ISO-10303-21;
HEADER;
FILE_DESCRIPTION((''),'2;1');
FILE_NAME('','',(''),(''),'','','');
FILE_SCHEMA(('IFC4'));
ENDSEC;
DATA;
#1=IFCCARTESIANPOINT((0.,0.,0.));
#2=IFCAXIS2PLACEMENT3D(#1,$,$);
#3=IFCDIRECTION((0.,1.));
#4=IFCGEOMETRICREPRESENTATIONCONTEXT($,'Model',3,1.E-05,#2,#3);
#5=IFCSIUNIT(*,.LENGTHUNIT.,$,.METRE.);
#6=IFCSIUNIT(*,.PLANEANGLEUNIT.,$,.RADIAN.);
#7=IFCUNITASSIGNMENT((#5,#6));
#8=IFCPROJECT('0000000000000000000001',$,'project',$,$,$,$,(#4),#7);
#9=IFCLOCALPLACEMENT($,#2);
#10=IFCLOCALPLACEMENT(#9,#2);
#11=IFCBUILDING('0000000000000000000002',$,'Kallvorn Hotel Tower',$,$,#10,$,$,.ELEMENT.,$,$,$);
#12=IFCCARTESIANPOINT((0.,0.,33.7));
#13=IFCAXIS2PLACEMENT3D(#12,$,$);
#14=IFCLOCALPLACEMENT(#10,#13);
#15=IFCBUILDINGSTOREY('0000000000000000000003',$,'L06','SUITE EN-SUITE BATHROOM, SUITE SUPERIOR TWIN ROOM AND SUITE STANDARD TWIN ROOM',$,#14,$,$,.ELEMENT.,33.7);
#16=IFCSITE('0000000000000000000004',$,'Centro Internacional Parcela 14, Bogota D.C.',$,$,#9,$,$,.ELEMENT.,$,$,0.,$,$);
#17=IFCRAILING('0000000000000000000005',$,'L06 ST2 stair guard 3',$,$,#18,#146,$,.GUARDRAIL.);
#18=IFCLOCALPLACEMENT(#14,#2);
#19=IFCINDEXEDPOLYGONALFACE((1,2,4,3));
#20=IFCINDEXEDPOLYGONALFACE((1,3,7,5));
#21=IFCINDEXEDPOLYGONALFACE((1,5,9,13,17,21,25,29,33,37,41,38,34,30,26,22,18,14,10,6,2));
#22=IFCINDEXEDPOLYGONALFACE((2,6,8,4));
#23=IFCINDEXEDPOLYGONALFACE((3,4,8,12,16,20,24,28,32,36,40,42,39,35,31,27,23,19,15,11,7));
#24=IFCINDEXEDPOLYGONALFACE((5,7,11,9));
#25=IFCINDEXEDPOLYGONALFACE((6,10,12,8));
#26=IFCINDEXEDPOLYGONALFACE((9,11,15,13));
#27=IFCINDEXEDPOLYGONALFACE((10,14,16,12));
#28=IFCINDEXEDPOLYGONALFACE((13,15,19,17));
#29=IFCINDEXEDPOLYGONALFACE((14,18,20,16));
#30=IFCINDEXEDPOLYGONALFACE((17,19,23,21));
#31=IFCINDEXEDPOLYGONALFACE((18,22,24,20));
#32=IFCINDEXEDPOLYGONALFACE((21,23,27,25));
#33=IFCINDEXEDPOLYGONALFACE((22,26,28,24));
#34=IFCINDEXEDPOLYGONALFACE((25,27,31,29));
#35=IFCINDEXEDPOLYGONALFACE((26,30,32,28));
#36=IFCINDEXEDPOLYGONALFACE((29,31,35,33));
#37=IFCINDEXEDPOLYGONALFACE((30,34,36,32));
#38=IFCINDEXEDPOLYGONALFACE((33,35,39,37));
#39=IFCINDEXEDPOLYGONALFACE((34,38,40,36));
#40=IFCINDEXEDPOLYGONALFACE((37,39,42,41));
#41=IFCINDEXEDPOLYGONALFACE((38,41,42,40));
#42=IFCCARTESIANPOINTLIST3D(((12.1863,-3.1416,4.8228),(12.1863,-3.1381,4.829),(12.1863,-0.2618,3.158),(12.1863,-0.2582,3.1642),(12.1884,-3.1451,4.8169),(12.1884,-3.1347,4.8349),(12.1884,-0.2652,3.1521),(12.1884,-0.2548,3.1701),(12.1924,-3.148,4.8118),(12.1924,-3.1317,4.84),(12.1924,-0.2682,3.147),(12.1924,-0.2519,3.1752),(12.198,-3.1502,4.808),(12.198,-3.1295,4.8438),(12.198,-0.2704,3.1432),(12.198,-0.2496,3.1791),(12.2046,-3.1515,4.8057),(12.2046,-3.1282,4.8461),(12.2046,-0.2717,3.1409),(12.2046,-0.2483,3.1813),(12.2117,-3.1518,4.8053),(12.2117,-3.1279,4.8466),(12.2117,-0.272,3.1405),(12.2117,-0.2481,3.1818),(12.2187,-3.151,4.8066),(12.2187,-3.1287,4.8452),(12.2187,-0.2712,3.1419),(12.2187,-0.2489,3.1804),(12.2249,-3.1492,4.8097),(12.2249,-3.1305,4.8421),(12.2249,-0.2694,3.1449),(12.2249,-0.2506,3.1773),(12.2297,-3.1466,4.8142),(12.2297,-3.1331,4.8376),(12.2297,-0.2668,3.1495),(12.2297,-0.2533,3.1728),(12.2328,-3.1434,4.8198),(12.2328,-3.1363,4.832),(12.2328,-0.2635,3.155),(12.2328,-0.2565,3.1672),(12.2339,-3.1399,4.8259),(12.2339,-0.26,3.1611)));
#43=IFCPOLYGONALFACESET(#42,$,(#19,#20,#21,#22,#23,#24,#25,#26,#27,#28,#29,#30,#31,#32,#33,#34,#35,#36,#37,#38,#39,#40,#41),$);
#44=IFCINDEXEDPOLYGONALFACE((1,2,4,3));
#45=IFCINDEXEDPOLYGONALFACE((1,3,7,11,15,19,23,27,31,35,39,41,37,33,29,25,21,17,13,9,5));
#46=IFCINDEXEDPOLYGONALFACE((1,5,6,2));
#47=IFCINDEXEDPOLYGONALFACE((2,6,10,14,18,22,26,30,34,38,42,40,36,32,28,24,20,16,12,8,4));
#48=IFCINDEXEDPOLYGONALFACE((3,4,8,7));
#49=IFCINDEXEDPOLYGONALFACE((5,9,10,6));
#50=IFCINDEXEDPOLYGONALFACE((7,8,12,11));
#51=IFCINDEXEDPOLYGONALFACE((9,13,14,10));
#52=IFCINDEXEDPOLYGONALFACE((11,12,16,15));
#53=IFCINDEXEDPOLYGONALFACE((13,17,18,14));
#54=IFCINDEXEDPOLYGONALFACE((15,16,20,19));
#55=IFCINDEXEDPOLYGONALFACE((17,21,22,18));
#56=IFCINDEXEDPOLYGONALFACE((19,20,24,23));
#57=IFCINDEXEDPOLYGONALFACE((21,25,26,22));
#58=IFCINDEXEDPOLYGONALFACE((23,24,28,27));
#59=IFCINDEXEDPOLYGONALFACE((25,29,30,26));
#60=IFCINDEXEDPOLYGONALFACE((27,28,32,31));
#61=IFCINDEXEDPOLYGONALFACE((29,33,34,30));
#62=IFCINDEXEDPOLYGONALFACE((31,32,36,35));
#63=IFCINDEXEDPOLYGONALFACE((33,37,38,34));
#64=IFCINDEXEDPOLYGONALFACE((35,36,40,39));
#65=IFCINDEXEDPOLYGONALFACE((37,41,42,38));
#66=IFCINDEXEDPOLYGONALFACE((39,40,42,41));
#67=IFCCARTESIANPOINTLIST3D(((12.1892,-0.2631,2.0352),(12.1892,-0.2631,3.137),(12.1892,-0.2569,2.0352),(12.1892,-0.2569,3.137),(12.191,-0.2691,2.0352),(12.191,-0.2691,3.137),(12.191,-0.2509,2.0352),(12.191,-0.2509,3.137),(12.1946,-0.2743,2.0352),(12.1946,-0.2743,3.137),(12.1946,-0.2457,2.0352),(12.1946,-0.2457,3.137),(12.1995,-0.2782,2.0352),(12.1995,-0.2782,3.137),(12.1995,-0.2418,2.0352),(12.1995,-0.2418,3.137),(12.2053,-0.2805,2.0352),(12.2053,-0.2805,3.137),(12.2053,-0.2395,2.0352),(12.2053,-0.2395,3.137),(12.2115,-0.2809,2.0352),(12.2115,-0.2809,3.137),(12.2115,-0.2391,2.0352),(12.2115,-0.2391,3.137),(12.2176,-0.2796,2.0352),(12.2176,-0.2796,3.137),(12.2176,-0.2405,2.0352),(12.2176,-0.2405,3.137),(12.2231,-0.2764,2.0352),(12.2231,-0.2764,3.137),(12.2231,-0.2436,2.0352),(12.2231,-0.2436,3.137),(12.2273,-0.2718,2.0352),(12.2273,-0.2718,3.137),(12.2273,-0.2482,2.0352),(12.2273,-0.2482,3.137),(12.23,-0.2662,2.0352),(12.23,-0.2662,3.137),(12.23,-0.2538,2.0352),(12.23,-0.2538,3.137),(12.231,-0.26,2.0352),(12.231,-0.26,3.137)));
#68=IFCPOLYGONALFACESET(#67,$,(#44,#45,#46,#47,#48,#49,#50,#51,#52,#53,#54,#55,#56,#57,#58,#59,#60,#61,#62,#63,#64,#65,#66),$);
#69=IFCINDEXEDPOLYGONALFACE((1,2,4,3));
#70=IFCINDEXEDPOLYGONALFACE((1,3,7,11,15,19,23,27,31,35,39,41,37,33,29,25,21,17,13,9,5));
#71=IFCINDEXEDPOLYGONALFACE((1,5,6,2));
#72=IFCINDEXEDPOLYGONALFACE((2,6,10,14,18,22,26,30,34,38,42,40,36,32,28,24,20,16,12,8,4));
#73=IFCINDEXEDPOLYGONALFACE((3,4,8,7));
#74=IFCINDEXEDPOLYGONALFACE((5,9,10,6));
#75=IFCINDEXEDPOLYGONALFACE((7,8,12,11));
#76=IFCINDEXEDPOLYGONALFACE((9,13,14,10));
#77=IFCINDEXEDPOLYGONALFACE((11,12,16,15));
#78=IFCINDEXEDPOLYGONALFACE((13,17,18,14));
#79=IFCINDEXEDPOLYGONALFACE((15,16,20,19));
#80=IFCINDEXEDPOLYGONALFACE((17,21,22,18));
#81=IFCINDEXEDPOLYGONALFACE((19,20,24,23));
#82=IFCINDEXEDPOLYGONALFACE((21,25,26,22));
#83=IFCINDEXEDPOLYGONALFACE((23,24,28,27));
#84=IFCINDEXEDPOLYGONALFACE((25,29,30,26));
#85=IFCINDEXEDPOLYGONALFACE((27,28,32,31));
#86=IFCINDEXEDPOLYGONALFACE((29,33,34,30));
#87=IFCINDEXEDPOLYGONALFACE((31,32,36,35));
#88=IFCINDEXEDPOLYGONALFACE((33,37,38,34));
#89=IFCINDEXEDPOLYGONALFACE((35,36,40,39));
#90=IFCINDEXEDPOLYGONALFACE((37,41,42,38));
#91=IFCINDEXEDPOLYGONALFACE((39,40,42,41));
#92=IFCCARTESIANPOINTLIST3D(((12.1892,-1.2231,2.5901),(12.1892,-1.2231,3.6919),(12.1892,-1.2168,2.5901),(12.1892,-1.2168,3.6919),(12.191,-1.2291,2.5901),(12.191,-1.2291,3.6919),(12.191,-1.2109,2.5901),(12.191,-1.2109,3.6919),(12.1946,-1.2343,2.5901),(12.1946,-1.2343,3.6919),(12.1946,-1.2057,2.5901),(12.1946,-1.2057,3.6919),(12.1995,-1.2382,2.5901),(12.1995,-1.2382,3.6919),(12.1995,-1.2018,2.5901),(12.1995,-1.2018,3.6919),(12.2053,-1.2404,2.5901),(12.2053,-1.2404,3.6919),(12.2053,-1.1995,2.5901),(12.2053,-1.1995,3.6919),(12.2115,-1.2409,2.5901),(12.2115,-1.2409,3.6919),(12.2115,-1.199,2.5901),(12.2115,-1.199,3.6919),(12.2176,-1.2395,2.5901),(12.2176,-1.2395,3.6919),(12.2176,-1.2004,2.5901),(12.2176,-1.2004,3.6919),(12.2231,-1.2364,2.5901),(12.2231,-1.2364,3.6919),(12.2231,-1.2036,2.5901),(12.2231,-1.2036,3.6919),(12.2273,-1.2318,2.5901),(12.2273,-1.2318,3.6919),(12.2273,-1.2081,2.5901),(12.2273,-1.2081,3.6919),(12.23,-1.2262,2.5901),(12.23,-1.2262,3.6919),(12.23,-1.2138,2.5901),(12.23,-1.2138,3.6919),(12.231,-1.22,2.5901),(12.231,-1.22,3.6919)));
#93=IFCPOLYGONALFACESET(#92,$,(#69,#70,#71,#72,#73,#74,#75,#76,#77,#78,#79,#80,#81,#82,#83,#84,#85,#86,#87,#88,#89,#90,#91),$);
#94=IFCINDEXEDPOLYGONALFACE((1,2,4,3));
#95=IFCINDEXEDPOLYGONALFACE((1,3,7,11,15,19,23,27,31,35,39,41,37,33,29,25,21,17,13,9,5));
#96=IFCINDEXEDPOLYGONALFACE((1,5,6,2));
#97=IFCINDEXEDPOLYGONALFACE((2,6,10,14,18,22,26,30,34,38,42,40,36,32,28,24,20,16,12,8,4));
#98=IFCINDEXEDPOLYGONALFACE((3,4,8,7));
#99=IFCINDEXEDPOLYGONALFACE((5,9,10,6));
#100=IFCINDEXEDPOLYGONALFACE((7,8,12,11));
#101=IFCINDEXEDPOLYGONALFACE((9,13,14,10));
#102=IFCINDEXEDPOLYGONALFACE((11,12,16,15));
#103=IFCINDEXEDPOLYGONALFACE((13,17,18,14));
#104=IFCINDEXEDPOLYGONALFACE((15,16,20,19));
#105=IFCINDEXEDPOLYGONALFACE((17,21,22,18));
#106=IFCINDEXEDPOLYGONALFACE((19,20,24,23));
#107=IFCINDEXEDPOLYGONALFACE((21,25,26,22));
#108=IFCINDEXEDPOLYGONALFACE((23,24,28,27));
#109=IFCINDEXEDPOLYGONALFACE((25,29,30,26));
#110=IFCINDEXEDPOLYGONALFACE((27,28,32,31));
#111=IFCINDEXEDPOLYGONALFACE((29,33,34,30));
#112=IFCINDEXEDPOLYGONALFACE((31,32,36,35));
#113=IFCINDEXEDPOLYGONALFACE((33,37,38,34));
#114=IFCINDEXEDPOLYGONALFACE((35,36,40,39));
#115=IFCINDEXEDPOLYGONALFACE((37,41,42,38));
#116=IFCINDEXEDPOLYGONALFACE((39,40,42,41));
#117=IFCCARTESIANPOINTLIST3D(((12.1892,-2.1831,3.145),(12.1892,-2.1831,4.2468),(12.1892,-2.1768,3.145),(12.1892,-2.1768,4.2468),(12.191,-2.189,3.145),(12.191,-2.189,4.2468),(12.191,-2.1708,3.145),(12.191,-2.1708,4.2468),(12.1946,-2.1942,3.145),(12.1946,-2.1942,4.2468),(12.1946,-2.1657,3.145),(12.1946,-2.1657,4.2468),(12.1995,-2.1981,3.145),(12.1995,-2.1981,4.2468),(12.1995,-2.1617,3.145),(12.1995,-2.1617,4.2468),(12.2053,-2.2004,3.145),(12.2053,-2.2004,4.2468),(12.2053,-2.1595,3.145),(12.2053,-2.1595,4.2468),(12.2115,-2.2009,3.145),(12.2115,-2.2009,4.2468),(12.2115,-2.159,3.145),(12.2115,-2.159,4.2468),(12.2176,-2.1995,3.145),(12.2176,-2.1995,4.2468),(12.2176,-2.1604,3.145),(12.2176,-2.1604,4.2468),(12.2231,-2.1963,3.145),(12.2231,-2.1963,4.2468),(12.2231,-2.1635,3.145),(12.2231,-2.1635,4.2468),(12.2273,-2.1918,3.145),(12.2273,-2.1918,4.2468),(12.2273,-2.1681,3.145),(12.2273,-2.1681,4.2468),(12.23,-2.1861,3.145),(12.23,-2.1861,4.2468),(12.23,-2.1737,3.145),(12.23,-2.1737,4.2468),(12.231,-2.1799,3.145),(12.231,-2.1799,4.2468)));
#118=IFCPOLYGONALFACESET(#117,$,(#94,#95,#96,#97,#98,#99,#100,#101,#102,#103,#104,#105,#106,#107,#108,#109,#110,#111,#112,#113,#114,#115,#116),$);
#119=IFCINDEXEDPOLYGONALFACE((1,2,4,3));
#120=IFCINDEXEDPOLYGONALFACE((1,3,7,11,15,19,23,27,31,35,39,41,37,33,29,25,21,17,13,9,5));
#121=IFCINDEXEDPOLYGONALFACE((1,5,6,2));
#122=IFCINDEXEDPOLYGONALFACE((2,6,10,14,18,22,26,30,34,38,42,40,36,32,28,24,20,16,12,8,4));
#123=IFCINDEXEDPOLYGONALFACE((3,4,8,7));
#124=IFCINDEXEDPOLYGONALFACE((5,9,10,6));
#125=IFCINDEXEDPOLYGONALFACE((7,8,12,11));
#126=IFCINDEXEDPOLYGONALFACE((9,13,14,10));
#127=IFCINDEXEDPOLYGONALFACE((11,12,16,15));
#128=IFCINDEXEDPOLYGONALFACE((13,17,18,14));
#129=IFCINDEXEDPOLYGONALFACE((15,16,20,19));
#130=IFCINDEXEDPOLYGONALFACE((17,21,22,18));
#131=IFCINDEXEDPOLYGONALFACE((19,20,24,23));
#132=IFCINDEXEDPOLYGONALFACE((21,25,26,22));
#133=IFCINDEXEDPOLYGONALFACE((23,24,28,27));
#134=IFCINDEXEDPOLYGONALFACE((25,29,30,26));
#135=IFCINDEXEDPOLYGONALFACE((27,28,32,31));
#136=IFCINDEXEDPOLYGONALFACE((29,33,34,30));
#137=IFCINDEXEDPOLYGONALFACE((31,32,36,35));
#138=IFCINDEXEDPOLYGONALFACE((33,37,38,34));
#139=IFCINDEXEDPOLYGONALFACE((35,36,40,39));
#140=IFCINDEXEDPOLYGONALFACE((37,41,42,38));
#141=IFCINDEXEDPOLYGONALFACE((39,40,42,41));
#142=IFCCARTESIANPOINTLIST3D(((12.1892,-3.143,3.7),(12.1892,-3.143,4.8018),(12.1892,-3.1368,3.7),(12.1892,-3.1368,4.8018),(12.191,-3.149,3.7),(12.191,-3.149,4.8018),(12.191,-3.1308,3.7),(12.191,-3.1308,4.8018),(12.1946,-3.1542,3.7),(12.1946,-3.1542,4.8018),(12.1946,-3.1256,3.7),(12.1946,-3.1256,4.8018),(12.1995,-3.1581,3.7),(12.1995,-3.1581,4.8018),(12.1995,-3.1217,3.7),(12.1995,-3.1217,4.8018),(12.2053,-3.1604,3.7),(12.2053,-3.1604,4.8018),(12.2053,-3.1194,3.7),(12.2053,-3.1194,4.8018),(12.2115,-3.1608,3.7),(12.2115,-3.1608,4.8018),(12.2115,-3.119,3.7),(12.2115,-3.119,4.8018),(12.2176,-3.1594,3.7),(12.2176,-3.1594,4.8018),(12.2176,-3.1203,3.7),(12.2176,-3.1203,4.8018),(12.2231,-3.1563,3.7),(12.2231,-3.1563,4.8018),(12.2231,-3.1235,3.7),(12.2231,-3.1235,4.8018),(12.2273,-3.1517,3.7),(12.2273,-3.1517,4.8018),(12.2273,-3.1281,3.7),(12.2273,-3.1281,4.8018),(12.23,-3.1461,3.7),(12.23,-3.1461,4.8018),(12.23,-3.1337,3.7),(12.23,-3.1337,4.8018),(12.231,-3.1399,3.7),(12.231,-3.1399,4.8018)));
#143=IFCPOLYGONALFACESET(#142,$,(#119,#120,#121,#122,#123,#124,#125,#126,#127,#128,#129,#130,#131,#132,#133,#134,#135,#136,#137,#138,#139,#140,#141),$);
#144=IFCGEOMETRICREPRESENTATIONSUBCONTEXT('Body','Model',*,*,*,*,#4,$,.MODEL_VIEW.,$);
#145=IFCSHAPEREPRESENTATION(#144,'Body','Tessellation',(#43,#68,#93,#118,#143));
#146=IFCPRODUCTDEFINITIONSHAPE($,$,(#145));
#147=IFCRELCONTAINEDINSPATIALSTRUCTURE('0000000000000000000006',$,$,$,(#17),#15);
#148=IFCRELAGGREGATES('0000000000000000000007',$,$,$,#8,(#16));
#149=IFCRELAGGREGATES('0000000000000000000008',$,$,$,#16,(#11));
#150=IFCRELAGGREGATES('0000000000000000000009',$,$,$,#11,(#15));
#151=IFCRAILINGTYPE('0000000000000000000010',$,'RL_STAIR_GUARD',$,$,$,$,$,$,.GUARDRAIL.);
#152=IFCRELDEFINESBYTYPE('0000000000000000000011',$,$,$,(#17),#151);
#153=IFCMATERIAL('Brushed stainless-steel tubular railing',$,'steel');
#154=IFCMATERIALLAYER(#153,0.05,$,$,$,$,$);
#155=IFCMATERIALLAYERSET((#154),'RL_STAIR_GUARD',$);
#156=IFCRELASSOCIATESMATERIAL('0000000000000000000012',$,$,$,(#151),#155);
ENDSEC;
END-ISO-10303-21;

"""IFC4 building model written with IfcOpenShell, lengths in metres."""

from ifc_helpers import new_model, si_unit, direction, frame, origin, origin_2d, place, context, subcontext, project, spatial, circle, extrude, material, layer, layer_set, type_object, element, save


model = new_model("IFC4")

# Units and contexts
model_context = context("Model", 3, precision=1e-05, world=origin(), true_north=direction((0.0, 1.0)))
body_context = subcontext(model_context, "Body", "Model", "MODEL_VIEW")
ifc_project = project(units=[si_unit("LENGTHUNIT", "METRE"), si_unit("PLANEANGLEUNIT", "RADIAN")], contexts=[model_context])

# Site, building, storey
site_placement = place(None, origin())
site = spatial("IfcSite", under=ifc_project, at=site_placement, Name="Centro Internacional Parcela 14, Bogota D.C.", CompositionType="ELEMENT", RefElevation=0.0)
building_placement = place(site_placement, origin())
building = spatial("IfcBuilding", under=site, at=building_placement, Name="Kallvorn Hotel Tower", CompositionType="ELEMENT")
storey_placement = place(building_placement, frame((0.0, 0.0, 33.7)))
storey = spatial("IfcBuildingStorey", under=building, at=storey_placement, Name="L06", Description="SUITE EN-SUITE BATHROOM, SUITE SUPERIOR TWIN ROOM AND SUITE STANDARD TWIN ROOM", CompositionType="ELEMENT", Elevation=33.7)

# Railing
ifc_material_1 = material(Name="Brushed stainless-steel tubular railing", Category="steel")
ifc_layer_1 = layer(ifc_material_1, 0.05)
ifc_layer_set_1 = layer_set([ifc_layer_1], Name="RL_STAIR_GUARD")
railing_type_1 = type_object("IfcRailingType", Name="RL_STAIR_GUARD", PredefinedType="GUARDRAIL", material=ifc_layer_set_1)
railing_1_placement = place(storey_placement, frame((12.21, -0.26, 2.0352)))
element("IfcRailing", 1, at=railing_1_placement, inside=storey, type_object=railing_type_1, Name="L06 ST2 stair guard 3", PredefinedType="GUARDRAIL", context=body_context, shape_type="SweptSolid", body=[
    extrude(circle(Radius=0.0239, at=origin_2d()), frame((0.0, 0.0, 1.126), z_axis=(0.0, -0.865753, 0.500472), x_axis=(1.0, 0.0, 0.0)), (0.0, 0.0, 1.0), 3.3264),
    extrude(circle(Radius=0.021, at=origin_2d()), origin(), (0.0, 0.0, 1.0), 1.1018),
    extrude(circle(Radius=0.021, at=origin_2d()), frame((0.0, -0.96, 0.5549)), (0.0, 0.0, 1.0), 1.1018),
    extrude(circle(Radius=0.021, at=origin_2d()), frame((0.0, -1.9199, 1.1099)), (0.0, 0.0, 1.0), 1.1018),
    extrude(circle(Radius=0.021, at=origin_2d()), frame((0.0, -2.8799, 1.6648)), (0.0, 0.0, 1.0), 1.1018),
])

save(model, "model.ifc")
